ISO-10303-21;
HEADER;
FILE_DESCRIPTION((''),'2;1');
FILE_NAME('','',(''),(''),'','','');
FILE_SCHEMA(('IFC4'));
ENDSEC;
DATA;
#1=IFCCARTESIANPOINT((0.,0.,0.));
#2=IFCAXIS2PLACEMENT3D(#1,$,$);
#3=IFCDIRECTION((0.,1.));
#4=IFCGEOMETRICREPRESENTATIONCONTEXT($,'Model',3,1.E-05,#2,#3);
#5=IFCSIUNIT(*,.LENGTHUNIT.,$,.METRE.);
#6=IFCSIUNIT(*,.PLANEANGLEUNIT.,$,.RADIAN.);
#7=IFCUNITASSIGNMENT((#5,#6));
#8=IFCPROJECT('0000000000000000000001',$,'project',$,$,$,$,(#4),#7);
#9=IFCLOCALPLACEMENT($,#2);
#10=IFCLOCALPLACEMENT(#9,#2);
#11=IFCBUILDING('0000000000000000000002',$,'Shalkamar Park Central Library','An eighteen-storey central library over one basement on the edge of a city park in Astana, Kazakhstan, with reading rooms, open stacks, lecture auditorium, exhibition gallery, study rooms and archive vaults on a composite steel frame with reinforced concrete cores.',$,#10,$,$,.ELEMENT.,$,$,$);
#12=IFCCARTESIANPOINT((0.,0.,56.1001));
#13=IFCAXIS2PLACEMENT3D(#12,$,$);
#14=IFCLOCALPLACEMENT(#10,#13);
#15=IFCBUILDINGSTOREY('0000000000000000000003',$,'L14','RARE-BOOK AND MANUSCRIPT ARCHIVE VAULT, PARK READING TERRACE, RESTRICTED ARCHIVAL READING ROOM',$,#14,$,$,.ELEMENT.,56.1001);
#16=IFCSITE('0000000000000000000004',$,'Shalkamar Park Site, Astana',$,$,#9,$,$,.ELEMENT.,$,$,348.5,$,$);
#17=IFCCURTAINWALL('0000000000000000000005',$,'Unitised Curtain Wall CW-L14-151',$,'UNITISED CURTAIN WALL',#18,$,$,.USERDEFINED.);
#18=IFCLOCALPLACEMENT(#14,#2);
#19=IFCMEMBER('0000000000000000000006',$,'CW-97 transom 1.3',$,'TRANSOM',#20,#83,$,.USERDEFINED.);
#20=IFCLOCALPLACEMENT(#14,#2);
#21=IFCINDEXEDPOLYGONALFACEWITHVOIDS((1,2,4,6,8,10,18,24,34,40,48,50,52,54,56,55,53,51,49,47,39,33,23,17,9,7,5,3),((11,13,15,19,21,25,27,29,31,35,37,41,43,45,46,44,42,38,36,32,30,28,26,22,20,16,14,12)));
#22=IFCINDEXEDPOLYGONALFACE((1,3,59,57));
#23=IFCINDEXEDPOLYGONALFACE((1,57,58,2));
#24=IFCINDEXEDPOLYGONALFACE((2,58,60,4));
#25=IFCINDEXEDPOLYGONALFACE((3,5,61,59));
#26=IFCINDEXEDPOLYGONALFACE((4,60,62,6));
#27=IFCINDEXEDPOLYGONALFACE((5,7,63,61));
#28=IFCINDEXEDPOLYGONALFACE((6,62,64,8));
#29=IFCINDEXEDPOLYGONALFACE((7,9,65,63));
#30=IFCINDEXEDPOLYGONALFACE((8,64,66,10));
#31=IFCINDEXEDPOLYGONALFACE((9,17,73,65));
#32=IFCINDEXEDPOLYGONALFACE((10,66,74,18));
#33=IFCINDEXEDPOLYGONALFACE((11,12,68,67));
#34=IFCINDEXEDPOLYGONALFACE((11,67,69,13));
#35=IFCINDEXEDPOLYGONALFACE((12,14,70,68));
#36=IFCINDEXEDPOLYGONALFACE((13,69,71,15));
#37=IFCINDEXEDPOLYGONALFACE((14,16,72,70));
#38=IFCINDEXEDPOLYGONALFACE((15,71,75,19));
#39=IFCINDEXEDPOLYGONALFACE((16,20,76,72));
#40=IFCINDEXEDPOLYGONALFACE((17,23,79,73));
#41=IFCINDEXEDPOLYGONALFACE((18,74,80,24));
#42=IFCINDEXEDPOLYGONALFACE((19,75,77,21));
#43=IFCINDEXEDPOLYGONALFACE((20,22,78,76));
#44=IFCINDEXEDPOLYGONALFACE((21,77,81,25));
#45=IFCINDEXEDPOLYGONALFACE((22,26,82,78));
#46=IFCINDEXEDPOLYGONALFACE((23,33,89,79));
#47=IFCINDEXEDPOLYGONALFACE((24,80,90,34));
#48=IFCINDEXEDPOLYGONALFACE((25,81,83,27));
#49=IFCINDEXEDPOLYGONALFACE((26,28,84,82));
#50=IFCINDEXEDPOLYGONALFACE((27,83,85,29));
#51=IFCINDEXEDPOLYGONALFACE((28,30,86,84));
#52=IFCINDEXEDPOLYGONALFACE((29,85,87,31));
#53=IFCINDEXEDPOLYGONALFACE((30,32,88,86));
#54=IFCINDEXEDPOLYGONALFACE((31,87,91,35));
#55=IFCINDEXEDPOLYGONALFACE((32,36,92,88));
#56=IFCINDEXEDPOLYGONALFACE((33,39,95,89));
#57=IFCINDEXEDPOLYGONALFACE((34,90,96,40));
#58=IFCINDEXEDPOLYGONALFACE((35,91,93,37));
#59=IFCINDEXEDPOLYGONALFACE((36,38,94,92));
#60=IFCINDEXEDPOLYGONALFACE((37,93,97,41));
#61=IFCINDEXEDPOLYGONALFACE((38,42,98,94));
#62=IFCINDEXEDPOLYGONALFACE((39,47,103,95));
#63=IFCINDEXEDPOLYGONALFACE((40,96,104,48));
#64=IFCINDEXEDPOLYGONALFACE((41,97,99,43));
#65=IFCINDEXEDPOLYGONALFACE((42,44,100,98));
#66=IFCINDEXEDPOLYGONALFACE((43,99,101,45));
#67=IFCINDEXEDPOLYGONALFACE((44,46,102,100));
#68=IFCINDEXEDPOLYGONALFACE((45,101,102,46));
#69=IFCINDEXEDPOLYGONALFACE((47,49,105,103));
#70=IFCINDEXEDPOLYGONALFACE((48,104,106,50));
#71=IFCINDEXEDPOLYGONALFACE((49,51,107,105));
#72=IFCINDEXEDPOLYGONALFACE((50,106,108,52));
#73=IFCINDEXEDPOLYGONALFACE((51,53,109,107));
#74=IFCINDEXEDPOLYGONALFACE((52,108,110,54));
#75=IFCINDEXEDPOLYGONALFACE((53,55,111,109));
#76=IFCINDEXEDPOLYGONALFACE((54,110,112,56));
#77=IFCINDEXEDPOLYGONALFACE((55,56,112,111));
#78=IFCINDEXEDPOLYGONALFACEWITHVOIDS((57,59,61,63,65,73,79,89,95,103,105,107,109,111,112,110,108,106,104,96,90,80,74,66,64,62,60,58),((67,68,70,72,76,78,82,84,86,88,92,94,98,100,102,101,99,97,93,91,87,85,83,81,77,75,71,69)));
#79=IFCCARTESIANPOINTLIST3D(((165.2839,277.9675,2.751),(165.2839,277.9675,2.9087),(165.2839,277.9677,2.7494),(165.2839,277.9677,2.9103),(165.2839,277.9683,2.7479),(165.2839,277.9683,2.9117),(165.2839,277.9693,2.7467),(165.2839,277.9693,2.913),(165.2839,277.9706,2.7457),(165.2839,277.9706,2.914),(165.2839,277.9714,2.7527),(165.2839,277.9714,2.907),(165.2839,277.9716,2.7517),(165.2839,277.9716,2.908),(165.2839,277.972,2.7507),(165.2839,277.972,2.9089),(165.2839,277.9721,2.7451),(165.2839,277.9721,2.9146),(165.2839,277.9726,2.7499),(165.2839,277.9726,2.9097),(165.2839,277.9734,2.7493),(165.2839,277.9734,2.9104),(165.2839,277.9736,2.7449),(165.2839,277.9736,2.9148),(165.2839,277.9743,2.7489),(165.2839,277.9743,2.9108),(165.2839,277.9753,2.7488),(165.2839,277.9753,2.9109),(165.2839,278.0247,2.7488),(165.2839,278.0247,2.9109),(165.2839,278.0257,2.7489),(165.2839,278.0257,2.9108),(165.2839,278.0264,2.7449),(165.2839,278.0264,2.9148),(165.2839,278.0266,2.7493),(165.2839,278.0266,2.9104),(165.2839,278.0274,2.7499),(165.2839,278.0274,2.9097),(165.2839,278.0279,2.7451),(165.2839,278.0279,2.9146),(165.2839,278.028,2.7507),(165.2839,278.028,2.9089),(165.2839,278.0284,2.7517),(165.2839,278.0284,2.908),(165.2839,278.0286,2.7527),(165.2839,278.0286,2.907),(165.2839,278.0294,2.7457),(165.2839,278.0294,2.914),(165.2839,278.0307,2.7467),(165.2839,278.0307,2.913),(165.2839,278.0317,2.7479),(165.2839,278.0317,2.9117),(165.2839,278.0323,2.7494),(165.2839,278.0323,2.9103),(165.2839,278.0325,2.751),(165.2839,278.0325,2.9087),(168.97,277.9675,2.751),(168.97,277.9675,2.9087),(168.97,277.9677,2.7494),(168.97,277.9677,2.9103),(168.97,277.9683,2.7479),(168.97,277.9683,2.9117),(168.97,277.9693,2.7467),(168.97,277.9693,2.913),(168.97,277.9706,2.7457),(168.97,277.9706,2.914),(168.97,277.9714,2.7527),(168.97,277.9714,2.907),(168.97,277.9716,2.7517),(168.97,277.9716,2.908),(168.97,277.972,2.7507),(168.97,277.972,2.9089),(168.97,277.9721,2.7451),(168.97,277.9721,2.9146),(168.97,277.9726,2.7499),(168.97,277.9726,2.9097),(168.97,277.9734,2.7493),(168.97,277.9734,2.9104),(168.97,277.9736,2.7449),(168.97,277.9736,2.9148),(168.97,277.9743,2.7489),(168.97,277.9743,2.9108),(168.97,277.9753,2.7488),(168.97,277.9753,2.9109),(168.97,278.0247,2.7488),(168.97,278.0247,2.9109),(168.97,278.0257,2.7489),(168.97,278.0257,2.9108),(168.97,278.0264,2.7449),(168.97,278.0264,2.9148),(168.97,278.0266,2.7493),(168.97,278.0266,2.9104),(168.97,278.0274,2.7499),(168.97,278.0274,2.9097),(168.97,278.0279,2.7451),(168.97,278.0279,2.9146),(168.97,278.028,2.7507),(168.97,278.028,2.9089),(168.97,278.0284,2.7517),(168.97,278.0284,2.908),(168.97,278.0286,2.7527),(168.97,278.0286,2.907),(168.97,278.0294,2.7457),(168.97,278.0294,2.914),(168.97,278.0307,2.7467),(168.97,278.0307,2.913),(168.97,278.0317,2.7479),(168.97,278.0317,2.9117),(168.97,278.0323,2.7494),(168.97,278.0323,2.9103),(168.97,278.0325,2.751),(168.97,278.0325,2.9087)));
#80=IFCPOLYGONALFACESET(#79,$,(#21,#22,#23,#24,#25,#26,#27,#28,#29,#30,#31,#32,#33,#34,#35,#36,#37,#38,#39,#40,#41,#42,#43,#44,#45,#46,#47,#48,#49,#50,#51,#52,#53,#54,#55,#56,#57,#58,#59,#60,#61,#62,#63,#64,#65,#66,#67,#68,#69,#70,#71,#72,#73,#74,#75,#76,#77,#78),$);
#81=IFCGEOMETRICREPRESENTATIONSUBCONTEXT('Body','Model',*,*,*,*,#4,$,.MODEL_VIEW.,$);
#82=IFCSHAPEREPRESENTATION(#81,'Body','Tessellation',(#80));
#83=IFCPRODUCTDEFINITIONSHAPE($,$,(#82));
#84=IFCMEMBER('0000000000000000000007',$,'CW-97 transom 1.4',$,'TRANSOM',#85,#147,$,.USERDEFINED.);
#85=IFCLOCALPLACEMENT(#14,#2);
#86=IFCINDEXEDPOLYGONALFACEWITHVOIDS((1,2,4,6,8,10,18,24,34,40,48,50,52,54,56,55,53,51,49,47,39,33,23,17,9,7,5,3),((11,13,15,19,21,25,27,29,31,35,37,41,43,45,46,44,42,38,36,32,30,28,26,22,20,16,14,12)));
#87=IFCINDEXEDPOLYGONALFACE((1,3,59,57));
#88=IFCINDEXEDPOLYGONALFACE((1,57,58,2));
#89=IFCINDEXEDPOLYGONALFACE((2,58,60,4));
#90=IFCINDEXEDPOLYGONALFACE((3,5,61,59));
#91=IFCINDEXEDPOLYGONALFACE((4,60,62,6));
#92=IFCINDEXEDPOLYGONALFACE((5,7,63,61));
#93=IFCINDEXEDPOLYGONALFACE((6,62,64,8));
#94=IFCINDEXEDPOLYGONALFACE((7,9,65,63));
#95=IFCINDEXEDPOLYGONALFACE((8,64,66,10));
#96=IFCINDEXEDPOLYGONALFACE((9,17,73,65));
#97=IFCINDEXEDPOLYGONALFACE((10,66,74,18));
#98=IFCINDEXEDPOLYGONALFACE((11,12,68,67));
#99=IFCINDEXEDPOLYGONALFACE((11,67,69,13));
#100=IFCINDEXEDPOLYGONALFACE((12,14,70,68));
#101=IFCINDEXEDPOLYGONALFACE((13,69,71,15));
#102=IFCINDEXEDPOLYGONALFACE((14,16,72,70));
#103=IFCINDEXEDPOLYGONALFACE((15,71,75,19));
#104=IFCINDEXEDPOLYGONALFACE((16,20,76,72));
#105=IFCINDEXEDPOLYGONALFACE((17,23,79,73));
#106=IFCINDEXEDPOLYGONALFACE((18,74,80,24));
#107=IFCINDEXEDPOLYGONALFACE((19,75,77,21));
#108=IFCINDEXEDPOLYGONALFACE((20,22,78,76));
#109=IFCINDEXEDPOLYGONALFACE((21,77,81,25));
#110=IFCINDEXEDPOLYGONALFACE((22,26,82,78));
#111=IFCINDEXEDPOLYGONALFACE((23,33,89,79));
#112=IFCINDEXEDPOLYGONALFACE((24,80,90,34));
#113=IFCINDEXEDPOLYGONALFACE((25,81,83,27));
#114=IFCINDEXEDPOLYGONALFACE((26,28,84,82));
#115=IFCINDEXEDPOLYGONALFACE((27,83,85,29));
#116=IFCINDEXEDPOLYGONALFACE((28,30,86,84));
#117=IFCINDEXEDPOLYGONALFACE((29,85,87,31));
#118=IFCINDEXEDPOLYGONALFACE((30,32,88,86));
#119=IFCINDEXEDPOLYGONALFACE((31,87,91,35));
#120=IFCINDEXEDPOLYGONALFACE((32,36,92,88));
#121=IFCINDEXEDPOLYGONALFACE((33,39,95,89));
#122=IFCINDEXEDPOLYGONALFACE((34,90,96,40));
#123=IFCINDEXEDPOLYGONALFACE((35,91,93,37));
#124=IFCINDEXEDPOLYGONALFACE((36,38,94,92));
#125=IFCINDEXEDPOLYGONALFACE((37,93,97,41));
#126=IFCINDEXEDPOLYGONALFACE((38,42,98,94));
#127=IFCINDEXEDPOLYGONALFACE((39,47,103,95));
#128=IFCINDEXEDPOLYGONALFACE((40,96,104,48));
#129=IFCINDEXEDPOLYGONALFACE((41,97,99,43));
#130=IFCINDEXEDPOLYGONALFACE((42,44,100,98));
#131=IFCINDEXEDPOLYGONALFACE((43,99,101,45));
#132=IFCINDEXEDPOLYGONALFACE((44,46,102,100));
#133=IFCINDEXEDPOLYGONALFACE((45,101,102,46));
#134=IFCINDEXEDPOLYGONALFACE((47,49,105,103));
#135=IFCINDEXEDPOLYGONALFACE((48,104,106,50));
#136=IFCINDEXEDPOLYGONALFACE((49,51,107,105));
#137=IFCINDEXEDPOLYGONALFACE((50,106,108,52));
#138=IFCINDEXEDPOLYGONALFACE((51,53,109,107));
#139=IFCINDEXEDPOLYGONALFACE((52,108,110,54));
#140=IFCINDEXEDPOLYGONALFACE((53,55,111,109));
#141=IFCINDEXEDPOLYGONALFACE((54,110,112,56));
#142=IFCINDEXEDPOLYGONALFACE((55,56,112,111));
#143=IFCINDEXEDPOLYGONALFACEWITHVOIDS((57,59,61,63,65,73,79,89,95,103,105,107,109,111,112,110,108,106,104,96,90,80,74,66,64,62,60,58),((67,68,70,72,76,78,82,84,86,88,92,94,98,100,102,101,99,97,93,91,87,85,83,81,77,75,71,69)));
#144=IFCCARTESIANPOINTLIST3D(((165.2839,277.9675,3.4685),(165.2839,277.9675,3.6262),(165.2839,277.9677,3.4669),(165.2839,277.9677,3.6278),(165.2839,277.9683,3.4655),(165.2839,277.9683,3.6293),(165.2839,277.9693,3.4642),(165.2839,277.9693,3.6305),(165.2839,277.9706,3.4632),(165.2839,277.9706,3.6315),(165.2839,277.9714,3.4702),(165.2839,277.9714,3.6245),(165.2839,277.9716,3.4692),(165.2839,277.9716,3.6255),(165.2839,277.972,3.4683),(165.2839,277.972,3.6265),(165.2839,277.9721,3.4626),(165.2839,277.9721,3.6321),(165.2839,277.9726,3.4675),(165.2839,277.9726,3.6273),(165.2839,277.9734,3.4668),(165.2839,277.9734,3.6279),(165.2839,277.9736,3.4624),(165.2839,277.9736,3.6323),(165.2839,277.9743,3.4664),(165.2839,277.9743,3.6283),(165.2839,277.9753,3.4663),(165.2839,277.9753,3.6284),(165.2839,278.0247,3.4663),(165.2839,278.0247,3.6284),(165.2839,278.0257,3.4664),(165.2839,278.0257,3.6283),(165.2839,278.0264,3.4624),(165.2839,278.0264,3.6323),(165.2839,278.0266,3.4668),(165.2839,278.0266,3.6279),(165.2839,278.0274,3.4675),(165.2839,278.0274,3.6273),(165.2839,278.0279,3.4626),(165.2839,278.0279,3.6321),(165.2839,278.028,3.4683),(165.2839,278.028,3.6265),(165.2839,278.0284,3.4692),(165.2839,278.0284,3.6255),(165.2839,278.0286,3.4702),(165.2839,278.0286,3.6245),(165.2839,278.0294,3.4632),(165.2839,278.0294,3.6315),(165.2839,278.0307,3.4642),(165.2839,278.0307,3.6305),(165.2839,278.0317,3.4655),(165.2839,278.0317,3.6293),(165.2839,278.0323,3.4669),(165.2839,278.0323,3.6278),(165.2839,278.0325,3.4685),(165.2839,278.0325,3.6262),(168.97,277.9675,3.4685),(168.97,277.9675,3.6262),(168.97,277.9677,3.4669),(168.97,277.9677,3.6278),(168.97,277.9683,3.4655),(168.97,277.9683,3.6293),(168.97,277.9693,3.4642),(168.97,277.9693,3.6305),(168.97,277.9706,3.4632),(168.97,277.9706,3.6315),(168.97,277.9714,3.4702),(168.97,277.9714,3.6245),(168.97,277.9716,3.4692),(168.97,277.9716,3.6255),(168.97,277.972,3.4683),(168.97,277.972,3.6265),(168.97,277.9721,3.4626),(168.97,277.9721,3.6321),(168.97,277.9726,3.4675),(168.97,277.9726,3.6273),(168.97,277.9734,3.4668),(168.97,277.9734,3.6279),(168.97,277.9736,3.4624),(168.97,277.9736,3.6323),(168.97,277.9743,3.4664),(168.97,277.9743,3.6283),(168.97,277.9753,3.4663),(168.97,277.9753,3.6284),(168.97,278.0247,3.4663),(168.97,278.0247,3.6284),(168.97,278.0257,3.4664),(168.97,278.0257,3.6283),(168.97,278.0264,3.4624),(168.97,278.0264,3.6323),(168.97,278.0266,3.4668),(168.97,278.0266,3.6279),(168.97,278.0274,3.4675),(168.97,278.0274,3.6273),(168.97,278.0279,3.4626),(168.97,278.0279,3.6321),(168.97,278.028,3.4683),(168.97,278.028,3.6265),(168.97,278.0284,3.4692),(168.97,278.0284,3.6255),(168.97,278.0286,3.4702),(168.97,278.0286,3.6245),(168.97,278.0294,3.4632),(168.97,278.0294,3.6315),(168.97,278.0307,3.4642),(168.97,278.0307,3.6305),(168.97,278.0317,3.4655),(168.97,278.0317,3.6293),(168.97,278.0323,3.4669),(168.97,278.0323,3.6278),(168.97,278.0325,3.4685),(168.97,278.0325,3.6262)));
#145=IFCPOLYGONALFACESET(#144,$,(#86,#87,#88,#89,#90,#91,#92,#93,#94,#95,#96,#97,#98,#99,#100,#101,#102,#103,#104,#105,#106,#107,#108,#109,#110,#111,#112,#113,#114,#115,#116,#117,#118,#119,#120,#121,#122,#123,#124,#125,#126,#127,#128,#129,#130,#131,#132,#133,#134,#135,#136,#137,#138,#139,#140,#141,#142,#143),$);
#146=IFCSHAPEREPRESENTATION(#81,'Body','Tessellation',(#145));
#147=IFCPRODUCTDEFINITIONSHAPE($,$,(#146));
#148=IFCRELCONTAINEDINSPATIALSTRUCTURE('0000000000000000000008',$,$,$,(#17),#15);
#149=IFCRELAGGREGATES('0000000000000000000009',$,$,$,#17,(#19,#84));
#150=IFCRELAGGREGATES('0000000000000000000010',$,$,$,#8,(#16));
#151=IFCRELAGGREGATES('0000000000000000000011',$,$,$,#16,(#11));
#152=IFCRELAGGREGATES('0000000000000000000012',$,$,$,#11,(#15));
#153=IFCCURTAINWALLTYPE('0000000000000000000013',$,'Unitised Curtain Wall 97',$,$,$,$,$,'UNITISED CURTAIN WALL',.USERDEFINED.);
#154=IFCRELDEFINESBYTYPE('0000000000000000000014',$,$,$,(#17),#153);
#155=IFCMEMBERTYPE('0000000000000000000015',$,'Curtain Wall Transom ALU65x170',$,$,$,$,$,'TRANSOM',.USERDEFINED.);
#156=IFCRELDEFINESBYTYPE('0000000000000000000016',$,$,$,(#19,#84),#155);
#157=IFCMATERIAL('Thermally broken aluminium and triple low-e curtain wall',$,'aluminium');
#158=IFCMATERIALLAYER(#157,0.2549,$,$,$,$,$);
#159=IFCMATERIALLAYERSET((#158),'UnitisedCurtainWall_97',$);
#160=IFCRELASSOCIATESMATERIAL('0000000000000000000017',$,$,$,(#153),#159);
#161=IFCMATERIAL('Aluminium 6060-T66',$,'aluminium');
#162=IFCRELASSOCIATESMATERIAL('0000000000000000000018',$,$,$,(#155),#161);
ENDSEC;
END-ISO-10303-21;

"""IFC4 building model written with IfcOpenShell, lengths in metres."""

from ifc_helpers import new_model, si_unit, direction, frame, origin, origin_2d, place, context, subcontext, project, spatial, hollow_rectangle, extrude, material, layer, layer_set, material_profile, profile_set, type_object, element, aggregate, save


model = new_model("IFC4")

# Units and contexts
model_context = context("Model", 3, precision=1e-05, world=origin(), true_north=direction((0.0, 1.0)))
body_context = subcontext(model_context, "Body", "Model", "MODEL_VIEW")
ifc_project = project(units=[si_unit("LENGTHUNIT", "METRE"), si_unit("PLANEANGLEUNIT", "RADIAN")], contexts=[model_context])

# Site, building, storey
site_placement = place(None, origin())
site = spatial("IfcSite", under=ifc_project, at=site_placement, Name="Shalkamar Park Site, Astana", CompositionType="ELEMENT", RefElevation=348.5)
building_placement = place(site_placement, origin())
building = spatial("IfcBuilding", under=site, at=building_placement, Name="Shalkamar Park Central Library", Description="An eighteen-storey central library over one basement on the edge of a city park in Astana, Kazakhstan, with reading rooms, open stacks, lecture auditorium, exhibition gallery, study rooms and archive vaults on a composite steel frame with reinforced concrete cores.", CompositionType="ELEMENT")
storey_placement = place(building_placement, frame((0.0, 0.0, 56.1001)))
storey = spatial("IfcBuildingStorey", under=building, at=storey_placement, Name="L14", Description="RARE-BOOK AND MANUSCRIPT ARCHIVE VAULT, PARK READING TERRACE, RESTRICTED ARCHIVAL READING ROOM", CompositionType="ELEMENT", Elevation=56.1001)

# Curtain wall
ifc_material_1 = material(Name="Thermally broken aluminium and triple low-e curtain wall", Category="aluminium")
ifc_layer_1 = layer(ifc_material_1, 0.2549)
ifc_layer_set_1 = layer_set([ifc_layer_1], Name="UnitisedCurtainWall_97")
curtain_wall_type_1 = type_object("IfcCurtainWallType", Name="Unitised Curtain Wall 97", ElementType="UNITISED CURTAIN WALL", PredefinedType="USERDEFINED", material=ifc_layer_set_1)
curtain_wall_1_placement = place(storey_placement, origin())
curtain_wall_1 = element("IfcCurtainWall", 1, at=curtain_wall_1_placement, inside=storey, type_object=curtain_wall_type_1, Name="Unitised Curtain Wall CW-L14-151", ObjectType="UNITISED CURTAIN WALL", PredefinedType="USERDEFINED")
ifc_material_2 = material(Name="Aluminium 6060-T66", Category="aluminium")

# Members
ifc_material_profile_1 = material_profile(ifc_material_2, hollow_rectangle(XDim=0.0649, YDim=0.1699, WallThickness=0.0039, InnerFilletRadius=0.0039, OuterFilletRadius=0.0061, at=origin_2d()), Name="ALU 65x170x4")
ifc_profile_set_1 = profile_set([ifc_material_profile_1], Name="Aluminium 6060-T66")
member_type_1 = type_object("IfcMemberType", Name="Curtain Wall Transom ALU65x170", ElementType="TRANSOM", PredefinedType="USERDEFINED", material=ifc_profile_set_1)
member_1_placement = place(storey_placement, frame((165.2839, 278.0, 2.8298), z_axis=(1.0, 0.0, 0.0), x_axis=(0.0, 1.0, 0.0)))
member_1 = element("IfcMember", 2, at=member_1_placement, type_object=member_type_1, Name="CW-97 transom 1.3", ObjectType="TRANSOM", PredefinedType="USERDEFINED", context=body_context, shape_type="SweptSolid", body=[
    extrude(hollow_rectangle(XDim=0.0649, YDim=0.1699, WallThickness=0.0039, InnerFilletRadius=0.0039, OuterFilletRadius=0.0061, at=origin_2d()), origin(), (0.0, 0.0, 1.0), 3.686),
])
member_2_placement = place(storey_placement, frame((165.2839, 278.0, 3.5474), z_axis=(1.0, 0.0, 0.0), x_axis=(0.0, 1.0, 0.0)))
member_2 = element("IfcMember", 3, at=member_2_placement, type_object=member_type_1, Name="CW-97 transom 1.4", ObjectType="TRANSOM", PredefinedType="USERDEFINED", context=body_context, shape_type="SweptSolid", body=[
    extrude(hollow_rectangle(XDim=0.0649, YDim=0.1699, WallThickness=0.0039, InnerFilletRadius=0.0039, OuterFilletRadius=0.0061, at=origin_2d()), origin(), (0.0, 0.0, 1.0), 3.686),
])

aggregate(curtain_wall_1, [member_1, member_2])

save(model, "model.ifc")
